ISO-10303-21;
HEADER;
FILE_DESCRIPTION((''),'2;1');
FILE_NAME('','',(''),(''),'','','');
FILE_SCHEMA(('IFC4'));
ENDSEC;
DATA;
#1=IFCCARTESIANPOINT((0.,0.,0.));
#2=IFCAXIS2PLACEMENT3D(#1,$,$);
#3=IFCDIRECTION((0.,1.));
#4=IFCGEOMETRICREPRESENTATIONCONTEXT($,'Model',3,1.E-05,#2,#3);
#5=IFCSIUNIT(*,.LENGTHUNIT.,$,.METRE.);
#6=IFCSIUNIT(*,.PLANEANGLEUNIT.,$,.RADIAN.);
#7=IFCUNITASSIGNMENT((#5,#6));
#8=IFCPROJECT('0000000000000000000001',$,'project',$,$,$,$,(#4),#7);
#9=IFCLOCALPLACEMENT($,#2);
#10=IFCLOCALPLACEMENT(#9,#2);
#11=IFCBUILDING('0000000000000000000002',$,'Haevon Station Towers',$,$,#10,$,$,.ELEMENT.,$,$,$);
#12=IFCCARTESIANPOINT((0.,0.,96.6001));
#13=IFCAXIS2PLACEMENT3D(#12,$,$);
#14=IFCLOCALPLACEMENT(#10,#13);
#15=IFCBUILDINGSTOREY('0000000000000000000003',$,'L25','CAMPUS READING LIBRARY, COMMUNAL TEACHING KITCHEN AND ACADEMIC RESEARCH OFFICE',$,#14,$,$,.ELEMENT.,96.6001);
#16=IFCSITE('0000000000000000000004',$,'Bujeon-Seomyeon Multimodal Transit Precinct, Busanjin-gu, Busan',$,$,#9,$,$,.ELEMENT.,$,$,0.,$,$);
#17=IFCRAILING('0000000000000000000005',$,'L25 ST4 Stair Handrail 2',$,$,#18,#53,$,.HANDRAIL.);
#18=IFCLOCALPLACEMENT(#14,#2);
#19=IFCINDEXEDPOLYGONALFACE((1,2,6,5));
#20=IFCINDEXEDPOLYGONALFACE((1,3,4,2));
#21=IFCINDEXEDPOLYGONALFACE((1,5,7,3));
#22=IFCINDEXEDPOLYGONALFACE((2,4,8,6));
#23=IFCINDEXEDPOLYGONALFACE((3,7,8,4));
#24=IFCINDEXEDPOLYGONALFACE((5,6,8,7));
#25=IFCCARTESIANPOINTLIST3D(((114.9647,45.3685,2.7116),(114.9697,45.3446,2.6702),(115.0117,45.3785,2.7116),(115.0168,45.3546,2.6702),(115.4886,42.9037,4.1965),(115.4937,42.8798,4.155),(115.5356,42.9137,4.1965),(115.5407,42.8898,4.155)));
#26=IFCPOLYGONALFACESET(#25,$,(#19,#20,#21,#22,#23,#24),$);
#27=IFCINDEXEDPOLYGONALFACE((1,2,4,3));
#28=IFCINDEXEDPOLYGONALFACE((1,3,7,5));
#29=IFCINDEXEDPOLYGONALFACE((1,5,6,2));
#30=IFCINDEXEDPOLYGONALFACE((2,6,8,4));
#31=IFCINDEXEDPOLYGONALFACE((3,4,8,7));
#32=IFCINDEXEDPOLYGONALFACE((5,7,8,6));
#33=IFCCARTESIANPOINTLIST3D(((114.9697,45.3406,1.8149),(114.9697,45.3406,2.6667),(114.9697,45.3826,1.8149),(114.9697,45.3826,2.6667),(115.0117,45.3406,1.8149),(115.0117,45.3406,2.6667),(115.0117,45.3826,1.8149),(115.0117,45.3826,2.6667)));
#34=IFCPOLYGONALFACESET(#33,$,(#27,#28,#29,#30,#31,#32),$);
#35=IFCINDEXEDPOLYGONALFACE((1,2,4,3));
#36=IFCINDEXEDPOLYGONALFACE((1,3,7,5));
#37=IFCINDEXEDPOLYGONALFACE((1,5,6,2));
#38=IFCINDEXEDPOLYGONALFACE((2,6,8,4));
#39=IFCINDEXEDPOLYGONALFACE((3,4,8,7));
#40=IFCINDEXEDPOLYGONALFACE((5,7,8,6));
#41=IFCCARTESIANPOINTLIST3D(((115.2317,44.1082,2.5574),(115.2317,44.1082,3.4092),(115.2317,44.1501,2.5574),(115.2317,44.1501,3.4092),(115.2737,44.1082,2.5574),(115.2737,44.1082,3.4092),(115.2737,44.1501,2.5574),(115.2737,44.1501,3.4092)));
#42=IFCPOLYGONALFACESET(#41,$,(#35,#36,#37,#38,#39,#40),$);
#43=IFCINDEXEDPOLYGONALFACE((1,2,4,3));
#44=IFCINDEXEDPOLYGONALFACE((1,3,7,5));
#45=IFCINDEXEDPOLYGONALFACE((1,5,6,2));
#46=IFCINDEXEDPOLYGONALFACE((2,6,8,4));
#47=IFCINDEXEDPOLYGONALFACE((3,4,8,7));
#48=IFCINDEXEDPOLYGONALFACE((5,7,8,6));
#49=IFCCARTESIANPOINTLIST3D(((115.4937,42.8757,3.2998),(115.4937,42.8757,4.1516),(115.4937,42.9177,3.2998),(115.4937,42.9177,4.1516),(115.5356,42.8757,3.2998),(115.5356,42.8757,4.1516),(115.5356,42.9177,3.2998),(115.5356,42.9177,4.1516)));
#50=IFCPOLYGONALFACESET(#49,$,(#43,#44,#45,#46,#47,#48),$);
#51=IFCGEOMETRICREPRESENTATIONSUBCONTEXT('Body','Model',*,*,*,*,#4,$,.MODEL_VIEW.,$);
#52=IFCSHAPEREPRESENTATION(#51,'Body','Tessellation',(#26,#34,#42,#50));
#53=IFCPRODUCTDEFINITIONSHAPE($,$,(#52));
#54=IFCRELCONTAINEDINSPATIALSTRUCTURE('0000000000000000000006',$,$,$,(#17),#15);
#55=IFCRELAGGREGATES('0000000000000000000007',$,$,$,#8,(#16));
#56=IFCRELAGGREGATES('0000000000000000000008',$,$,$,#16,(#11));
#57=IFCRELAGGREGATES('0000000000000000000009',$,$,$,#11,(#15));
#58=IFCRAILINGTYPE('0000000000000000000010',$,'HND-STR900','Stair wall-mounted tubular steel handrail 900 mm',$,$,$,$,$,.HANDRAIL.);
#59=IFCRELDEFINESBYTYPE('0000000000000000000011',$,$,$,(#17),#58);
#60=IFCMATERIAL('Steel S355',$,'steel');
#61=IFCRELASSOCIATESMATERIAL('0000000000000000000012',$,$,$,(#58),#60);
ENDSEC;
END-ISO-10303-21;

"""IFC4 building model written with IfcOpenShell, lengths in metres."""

from ifc_helpers import new_model, si_unit, direction, frame, origin, origin_2d, place, context, subcontext, project, spatial, rectangle, extrude, material, type_object, element, save


model = new_model("IFC4")

# Units and contexts
model_context = context("Model", 3, precision=1e-05, world=origin(), true_north=direction((0.0, 1.0)))
body_context = subcontext(model_context, "Body", "Model", "MODEL_VIEW")
ifc_project = project(units=[si_unit("LENGTHUNIT", "METRE"), si_unit("PLANEANGLEUNIT", "RADIAN")], contexts=[model_context])

# Site, building, storey
site_placement = place(None, origin())
site = spatial("IfcSite", under=ifc_project, at=site_placement, Name="Bujeon-Seomyeon Multimodal Transit Precinct, Busanjin-gu, Busan", CompositionType="ELEMENT", RefElevation=0.0)
building_placement = place(site_placement, origin())
building = spatial("IfcBuilding", under=site, at=building_placement, Name="Haevon Station Towers", CompositionType="ELEMENT")
storey_placement = place(building_placement, frame((0.0, 0.0, 96.6001)))
storey = spatial("IfcBuildingStorey", under=building, at=storey_placement, Name="L25", Description="CAMPUS READING LIBRARY, COMMUNAL TEACHING KITCHEN AND ACADEMIC RESEARCH OFFICE", CompositionType="ELEMENT", Elevation=96.6001)

# Shared definitions
ifc_material_1 = material(Name="Steel S355", Category="steel")

# Railing
railing_type_1 = type_object("IfcRailingType", Name="HND-STR900", Description="Stair wall-mounted tubular steel handrail 900 mm", PredefinedType="HANDRAIL", material=ifc_material_1)
railing_1_placement = place(storey_placement, frame((114.9907, 45.3616, 1.8149)))
element("IfcRailing", 1, at=railing_1_placement, inside=storey, type_object=railing_type_1, Name="L25 ST4 Stair Handrail 2", PredefinedType="HANDRAIL", context=body_context, shape_type="SweptSolid", body=[
    extrude(rectangle(XDim=0.0481, YDim=0.0481, at=origin_2d()), frame((0.0, 0.0, 0.876), z_axis=(0.179129, -0.842724, 0.507671), x_axis=(0.978147, 0.207914, 0.0)), (0.0, 0.0, 1.0), 2.9248),
    extrude(rectangle(XDim=0.042, YDim=0.042, at=origin_2d()), origin(), (0.0, 0.0, 1.0), 0.8518),
    extrude(rectangle(XDim=0.042, YDim=0.042, at=origin_2d()), frame((0.262, -1.2324, 0.7424)), (0.0, 0.0, 1.0), 0.8518),
    extrude(rectangle(XDim=0.042, YDim=0.042, at=origin_2d()), frame((0.5239, -2.4648, 1.4849)), (0.0, 0.0, 1.0), 0.8518),
])

save(model, "model.ifc")
